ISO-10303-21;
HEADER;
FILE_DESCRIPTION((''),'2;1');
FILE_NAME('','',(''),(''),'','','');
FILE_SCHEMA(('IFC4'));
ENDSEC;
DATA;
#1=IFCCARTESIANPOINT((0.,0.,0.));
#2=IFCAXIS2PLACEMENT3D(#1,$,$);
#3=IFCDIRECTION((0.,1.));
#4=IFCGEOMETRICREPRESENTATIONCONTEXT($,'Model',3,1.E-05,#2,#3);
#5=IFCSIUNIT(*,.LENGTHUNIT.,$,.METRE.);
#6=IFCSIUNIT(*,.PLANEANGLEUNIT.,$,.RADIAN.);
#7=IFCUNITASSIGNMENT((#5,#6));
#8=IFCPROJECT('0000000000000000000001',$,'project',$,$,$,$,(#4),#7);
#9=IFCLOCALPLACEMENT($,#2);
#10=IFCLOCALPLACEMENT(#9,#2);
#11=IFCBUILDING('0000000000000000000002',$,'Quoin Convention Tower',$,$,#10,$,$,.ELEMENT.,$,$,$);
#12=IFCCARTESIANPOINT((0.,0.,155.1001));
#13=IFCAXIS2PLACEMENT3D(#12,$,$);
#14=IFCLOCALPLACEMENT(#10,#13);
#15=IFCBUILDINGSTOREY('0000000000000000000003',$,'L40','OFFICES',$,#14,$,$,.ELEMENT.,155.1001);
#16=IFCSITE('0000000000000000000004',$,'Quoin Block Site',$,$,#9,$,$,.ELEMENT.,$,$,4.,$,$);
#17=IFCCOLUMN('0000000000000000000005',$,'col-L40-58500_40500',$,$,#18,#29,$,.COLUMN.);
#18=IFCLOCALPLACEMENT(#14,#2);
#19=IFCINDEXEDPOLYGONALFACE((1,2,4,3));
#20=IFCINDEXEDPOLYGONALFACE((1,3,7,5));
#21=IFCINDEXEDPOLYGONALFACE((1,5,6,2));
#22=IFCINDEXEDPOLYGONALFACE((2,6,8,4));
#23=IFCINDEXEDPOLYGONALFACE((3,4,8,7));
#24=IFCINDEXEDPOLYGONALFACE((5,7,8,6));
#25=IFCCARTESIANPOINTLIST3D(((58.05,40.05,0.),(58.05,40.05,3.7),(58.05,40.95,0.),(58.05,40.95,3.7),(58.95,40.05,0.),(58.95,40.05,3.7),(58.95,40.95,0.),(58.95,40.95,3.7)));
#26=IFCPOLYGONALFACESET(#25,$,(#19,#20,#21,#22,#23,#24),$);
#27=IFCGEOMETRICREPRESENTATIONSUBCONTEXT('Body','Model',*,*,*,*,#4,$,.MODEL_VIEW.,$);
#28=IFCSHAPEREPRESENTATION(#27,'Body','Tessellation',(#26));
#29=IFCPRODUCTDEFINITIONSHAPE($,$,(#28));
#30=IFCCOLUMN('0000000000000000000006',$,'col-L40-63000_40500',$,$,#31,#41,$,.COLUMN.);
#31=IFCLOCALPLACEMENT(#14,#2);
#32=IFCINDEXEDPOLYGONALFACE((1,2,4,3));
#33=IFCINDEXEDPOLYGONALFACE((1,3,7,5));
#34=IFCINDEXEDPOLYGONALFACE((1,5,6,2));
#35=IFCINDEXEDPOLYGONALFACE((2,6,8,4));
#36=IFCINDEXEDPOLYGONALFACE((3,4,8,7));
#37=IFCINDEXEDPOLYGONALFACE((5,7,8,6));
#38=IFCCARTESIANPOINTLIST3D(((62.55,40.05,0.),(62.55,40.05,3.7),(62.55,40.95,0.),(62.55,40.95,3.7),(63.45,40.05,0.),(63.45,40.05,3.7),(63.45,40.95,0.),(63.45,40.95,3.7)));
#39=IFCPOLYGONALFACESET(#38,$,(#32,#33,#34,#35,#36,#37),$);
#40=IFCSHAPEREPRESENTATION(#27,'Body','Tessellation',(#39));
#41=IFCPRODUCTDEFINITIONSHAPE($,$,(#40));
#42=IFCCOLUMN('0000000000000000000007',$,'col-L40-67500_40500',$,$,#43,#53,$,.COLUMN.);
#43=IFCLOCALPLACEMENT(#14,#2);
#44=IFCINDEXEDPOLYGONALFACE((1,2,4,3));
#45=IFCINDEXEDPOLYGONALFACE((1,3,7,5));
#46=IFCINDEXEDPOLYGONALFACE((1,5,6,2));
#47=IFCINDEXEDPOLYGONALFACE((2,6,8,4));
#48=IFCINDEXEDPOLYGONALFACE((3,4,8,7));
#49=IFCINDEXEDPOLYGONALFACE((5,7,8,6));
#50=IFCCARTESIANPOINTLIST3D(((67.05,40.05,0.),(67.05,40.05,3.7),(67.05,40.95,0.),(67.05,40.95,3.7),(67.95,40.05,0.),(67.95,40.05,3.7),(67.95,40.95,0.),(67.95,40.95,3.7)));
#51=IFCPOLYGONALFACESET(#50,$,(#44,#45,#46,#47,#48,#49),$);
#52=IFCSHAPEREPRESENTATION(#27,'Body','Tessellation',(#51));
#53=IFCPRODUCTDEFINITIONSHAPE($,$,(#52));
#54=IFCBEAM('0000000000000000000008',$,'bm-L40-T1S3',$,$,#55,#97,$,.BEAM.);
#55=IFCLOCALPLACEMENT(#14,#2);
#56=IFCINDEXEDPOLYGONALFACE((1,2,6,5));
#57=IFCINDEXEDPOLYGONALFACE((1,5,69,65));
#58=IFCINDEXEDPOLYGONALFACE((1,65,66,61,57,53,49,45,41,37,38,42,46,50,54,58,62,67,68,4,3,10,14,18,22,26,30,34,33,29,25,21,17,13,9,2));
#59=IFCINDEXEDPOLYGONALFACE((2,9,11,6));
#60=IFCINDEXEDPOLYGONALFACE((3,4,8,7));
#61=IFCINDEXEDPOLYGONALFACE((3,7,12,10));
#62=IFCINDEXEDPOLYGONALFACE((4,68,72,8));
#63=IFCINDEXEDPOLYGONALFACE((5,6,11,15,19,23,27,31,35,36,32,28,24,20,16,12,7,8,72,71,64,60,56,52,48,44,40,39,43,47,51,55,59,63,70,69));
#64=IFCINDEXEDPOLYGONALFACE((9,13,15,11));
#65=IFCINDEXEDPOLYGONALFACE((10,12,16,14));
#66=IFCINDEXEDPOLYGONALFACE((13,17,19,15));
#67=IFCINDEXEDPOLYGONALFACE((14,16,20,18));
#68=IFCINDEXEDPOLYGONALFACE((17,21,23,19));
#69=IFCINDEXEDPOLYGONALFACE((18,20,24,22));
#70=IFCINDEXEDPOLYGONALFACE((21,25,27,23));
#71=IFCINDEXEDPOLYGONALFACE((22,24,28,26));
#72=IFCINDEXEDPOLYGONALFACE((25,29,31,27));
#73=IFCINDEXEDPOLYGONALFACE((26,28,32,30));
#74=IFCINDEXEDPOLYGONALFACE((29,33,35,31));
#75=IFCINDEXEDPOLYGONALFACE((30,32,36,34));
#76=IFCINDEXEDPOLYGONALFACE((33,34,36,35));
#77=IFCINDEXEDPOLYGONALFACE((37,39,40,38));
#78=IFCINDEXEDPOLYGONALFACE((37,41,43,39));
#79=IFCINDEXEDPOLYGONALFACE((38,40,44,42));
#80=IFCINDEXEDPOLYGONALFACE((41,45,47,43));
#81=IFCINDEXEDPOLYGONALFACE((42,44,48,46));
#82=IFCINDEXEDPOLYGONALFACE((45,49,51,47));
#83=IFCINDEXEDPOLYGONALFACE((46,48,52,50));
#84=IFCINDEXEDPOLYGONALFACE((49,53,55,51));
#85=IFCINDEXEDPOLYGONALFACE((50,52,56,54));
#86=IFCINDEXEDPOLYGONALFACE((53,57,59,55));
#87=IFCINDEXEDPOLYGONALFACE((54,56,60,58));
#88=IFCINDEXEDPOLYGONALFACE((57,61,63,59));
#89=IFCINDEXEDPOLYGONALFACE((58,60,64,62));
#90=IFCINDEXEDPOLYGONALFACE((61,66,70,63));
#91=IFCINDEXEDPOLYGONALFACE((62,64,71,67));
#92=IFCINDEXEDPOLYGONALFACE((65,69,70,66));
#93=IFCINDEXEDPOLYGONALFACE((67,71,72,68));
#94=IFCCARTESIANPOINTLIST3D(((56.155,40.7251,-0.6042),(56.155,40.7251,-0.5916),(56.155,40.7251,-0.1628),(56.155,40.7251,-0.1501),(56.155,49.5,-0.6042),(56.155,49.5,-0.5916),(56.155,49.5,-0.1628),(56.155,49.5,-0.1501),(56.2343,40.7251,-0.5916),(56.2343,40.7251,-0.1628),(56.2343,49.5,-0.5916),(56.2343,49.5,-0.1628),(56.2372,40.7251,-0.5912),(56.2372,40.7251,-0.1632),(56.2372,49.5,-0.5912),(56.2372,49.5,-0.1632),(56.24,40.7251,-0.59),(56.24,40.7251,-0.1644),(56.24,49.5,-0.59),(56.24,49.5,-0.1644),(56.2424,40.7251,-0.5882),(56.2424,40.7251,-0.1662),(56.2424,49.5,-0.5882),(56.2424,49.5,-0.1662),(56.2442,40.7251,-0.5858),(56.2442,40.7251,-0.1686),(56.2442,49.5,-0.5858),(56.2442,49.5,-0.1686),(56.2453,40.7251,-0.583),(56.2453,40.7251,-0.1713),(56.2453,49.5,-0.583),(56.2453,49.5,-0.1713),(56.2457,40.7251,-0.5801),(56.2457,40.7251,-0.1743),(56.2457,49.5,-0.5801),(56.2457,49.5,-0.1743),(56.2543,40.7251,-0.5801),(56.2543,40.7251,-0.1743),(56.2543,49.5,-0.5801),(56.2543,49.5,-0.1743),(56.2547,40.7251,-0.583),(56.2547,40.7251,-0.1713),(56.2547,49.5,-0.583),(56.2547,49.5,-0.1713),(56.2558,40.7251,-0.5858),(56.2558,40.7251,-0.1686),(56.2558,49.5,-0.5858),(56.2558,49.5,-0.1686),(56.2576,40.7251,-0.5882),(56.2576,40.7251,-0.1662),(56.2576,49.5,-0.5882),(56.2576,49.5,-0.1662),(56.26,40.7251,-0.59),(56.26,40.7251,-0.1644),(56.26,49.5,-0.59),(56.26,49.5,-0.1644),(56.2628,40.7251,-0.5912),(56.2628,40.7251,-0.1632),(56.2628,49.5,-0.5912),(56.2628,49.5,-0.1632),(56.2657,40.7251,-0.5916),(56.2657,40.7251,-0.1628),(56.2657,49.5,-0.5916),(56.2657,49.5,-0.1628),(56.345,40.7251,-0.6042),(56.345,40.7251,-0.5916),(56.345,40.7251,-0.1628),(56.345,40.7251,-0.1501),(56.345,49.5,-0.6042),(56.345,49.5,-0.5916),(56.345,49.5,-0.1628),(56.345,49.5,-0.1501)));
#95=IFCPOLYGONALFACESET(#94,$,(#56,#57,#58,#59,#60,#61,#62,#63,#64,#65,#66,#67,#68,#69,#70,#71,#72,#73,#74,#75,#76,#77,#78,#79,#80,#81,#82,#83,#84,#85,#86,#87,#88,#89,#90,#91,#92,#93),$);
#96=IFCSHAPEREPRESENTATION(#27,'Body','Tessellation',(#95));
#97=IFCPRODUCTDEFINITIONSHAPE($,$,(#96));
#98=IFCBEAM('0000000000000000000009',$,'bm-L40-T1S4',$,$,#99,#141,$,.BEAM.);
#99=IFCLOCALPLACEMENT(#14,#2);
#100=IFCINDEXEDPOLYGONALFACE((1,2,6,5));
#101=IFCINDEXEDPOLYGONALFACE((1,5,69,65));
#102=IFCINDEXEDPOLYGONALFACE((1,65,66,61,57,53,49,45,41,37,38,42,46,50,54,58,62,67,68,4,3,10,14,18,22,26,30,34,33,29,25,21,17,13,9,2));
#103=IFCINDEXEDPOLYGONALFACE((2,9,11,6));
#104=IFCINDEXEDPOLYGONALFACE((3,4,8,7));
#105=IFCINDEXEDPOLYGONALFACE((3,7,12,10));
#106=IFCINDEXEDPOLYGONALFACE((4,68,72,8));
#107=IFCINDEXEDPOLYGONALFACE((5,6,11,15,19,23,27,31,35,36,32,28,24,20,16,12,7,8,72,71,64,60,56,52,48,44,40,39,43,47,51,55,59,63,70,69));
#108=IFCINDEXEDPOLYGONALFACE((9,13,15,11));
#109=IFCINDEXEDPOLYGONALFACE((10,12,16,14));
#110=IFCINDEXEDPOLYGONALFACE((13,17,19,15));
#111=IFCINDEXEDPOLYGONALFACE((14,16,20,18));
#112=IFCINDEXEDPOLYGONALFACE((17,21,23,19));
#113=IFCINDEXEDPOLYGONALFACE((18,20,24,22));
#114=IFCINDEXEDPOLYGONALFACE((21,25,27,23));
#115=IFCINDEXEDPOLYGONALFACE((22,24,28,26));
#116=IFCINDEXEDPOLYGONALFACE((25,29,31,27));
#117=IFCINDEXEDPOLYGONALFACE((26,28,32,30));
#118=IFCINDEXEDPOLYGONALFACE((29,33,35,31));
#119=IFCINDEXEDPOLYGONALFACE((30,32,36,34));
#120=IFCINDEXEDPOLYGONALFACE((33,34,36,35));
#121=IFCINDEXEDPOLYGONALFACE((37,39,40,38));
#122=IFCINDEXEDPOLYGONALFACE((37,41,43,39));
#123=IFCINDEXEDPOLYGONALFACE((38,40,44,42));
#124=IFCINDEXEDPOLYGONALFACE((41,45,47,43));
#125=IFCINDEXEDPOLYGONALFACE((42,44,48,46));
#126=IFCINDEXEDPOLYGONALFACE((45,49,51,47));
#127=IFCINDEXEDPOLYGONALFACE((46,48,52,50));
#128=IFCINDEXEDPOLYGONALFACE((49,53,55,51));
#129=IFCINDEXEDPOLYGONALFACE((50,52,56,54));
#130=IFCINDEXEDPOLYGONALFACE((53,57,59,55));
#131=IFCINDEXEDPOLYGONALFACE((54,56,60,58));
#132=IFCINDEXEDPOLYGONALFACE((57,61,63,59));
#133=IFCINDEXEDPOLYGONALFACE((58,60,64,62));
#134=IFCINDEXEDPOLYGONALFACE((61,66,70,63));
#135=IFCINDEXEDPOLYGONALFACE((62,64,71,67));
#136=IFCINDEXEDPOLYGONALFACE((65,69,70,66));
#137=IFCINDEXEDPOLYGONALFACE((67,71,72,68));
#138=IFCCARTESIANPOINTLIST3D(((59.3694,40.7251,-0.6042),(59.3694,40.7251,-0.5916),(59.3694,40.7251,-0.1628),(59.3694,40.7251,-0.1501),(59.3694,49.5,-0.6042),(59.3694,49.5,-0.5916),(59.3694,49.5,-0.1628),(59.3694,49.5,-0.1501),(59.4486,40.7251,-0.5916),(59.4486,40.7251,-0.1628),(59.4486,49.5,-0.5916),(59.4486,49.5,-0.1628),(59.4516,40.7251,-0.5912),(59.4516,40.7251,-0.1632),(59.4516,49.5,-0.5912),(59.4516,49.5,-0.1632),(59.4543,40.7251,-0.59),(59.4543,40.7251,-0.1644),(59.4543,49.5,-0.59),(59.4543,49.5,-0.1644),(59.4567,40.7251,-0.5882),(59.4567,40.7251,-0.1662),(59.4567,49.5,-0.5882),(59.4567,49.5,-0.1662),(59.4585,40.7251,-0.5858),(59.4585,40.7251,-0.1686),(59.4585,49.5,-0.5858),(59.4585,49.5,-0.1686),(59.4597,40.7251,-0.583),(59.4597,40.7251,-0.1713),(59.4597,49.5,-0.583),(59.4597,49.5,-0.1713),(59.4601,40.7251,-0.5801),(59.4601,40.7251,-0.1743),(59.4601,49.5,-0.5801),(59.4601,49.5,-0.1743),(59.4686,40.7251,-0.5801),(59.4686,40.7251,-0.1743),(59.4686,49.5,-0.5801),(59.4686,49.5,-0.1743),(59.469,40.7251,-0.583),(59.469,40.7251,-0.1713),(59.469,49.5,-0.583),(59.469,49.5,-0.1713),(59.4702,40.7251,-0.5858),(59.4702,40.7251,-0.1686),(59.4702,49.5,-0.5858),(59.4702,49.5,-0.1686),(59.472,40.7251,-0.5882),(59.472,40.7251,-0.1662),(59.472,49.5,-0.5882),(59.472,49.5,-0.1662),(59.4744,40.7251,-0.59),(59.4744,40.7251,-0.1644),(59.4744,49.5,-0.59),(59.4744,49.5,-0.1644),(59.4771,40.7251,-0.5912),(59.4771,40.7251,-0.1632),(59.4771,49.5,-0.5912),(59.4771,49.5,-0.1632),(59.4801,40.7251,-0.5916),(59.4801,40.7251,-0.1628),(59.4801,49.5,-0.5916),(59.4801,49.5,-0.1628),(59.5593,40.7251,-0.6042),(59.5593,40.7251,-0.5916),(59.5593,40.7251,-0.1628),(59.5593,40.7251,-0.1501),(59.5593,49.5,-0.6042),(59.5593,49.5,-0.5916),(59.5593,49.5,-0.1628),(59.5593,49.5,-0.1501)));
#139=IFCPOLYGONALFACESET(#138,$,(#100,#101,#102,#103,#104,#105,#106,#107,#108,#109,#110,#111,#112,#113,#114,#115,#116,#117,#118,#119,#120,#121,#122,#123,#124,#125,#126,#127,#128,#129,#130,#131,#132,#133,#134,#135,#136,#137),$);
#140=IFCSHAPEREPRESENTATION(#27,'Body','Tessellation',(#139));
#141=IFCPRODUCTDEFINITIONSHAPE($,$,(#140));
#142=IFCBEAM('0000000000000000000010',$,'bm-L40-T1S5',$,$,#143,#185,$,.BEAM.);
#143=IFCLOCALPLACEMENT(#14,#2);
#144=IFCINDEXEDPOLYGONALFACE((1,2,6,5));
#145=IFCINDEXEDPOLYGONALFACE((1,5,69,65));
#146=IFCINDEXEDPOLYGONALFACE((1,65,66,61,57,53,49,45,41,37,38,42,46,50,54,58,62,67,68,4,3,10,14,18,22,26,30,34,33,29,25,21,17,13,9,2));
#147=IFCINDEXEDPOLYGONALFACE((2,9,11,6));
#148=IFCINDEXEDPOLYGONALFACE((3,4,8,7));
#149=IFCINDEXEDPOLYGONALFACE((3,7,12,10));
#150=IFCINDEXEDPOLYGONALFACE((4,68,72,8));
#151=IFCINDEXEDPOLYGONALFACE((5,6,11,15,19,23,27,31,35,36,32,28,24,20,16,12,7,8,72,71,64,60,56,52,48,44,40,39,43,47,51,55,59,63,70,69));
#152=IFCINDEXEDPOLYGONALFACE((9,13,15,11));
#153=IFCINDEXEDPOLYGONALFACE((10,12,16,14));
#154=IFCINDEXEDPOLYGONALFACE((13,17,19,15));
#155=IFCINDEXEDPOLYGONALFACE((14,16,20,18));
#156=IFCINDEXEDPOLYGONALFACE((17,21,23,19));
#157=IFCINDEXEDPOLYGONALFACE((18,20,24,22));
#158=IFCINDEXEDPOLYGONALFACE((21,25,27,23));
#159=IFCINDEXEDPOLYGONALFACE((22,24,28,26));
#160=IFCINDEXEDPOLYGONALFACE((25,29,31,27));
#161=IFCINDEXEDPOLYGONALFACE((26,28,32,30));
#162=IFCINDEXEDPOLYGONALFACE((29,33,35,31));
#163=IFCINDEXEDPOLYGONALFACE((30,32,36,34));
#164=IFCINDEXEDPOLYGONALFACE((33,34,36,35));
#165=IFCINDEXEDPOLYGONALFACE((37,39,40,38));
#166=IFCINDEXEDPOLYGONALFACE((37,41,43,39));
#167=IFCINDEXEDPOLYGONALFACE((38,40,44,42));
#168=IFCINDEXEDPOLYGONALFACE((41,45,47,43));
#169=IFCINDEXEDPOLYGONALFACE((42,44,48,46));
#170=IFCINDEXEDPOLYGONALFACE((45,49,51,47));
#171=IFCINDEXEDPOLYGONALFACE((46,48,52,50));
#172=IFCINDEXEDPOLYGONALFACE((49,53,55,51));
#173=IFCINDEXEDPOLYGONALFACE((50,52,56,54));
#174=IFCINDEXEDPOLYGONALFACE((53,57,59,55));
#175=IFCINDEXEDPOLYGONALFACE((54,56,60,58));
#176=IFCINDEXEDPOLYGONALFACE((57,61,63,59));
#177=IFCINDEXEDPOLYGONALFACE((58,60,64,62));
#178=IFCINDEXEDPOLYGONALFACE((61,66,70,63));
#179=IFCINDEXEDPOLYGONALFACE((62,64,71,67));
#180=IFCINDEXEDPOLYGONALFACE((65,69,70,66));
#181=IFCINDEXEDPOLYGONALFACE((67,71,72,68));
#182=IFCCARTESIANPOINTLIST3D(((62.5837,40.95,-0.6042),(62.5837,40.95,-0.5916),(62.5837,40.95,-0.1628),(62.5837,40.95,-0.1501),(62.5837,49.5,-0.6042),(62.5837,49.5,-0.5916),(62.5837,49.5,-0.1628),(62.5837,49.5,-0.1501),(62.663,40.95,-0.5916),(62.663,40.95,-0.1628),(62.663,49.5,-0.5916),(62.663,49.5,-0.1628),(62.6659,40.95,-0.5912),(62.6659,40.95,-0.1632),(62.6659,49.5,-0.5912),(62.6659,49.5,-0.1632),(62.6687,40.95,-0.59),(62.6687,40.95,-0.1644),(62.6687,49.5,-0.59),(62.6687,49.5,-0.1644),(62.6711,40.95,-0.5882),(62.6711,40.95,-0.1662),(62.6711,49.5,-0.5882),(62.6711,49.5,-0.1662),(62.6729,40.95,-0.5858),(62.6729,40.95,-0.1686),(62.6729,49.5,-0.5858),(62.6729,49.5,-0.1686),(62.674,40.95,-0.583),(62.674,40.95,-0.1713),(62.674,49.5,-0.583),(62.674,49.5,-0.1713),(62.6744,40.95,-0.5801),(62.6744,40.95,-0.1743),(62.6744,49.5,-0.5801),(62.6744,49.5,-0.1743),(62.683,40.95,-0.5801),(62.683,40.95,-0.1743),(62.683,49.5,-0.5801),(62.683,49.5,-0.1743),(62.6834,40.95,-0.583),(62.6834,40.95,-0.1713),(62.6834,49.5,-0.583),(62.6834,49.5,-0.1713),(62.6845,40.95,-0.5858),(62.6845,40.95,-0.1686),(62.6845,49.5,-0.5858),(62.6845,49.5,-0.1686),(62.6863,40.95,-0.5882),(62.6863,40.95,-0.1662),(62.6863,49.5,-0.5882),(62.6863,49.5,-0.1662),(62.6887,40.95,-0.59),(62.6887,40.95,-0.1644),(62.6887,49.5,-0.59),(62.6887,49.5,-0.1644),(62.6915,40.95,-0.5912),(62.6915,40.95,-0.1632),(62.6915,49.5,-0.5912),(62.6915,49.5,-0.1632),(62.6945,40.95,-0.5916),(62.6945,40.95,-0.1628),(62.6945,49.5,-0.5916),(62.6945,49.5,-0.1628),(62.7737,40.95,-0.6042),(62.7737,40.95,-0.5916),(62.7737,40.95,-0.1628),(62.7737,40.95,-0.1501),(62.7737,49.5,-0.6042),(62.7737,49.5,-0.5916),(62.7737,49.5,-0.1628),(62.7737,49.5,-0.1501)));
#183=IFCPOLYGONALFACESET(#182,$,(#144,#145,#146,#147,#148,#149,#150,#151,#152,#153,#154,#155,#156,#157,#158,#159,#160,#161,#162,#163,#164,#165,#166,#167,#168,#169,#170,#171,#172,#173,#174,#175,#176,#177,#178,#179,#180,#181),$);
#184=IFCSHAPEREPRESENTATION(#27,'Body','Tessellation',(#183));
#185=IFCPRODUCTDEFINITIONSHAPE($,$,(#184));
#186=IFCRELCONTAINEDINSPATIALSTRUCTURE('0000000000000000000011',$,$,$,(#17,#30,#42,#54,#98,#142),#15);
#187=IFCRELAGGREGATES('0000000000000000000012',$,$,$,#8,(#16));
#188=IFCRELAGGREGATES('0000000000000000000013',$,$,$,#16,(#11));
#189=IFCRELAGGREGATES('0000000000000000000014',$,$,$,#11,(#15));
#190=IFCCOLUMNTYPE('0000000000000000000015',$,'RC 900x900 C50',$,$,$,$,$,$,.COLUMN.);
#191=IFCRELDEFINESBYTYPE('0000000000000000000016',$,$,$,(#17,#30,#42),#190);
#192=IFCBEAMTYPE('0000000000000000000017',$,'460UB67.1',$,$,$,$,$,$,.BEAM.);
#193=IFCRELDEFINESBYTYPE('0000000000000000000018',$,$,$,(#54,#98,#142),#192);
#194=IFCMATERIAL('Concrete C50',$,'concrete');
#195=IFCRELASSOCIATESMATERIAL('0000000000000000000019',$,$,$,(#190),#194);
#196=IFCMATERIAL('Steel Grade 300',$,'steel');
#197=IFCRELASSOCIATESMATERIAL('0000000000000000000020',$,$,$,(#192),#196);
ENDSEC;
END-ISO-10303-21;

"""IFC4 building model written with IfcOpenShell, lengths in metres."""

from ifc_helpers import new_model, si_unit, direction, frame, origin, origin_2d, place, context, subcontext, project, spatial, rectangle, i_section, extrude, material, material_profile, profile_set, type_object, element, save


model = new_model("IFC4")

# Units and contexts
model_context = context("Model", 3, precision=1e-05, world=origin(), true_north=direction((0.0, 1.0)))
body_context = subcontext(model_context, "Body", "Model", "MODEL_VIEW")
ifc_project = project(units=[si_unit("LENGTHUNIT", "METRE"), si_unit("PLANEANGLEUNIT", "RADIAN")], contexts=[model_context])

# Site, building, storey
site_placement = place(None, origin())
site = spatial("IfcSite", under=ifc_project, at=site_placement, Name="Quoin Block Site", CompositionType="ELEMENT", RefElevation=4.0)
building_placement = place(site_placement, origin())
building = spatial("IfcBuilding", under=site, at=building_placement, Name="Quoin Convention Tower", CompositionType="ELEMENT")
storey_placement = place(building_placement, frame((0.0, 0.0, 155.1001)))
storey = spatial("IfcBuildingStorey", under=building, at=storey_placement, Name="L40", Description="OFFICES", CompositionType="ELEMENT", Elevation=155.1001)

# Columns
ifc_material_1 = material(Name="Concrete C50", Category="concrete")
ifc_material_profile_1 = material_profile(ifc_material_1, rectangle(XDim=0.8999, YDim=0.8999, at=origin_2d()), Name="RC 900x900")
ifc_profile_set_1 = profile_set([ifc_material_profile_1], Name="Concrete C50")
column_type = type_object("IfcColumnType", Name="RC 900x900 C50", PredefinedType="COLUMN", material=ifc_profile_set_1)
for number, where, z_axis, x_axis, name in (
    (1, (58.5, 40.5, 0.0), (0.0, 0.0, 1.0), (1.0, 0.0, 0.0), "col-L40-58500_40500"),
    (2, (63.0, 40.5, 0.0), (0.0, 0.0, 1.0), (1.0, 0.0, 0.0), "col-L40-63000_40500"),
    (3, (67.5, 40.5, 0.0), (0.0, 0.0, 1.0), (1.0, 0.0, 0.0), "col-L40-67500_40500"),
):
    element("IfcColumn", number, at=place(storey_placement, frame(where, z_axis=z_axis, x_axis=x_axis)), inside=storey, type_object=column_type, Name=name, PredefinedType="COLUMN", context=body_context, shape_type="SweptSolid", body=[
        extrude(rectangle(XDim=0.8999, YDim=0.8999, at=origin_2d()), origin(), (0.0, 0.0, 1.0), 3.7),
    ])

# Beams
ifc_material_2 = material(Name="Steel Grade 300", Category="steel")
ifc_material_profile_2 = material_profile(ifc_material_2, i_section(OverallWidth=0.1899, OverallDepth=0.4541, WebThickness=0.0085, FlangeThickness=0.0127, FilletRadius=0.0115, at=origin_2d()), Name="460UB67.1")
ifc_profile_set_2 = profile_set([ifc_material_profile_2], Name="Steel Grade 300")
beam_type_1 = type_object("IfcBeamType", Name="460UB67.1", PredefinedType="BEAM", material=ifc_profile_set_2)
for number, where, z_axis, x_axis, name in (
    (4, (56.25, 40.7251, -0.3772), (0.0, 1.0, 0.0), (-1.0, 0.0, 0.0), "bm-L40-T1S3"),
    (5, (59.4644, 40.7251, -0.3772), (0.0, 1.0, 0.0), (-1.0, 0.0, 0.0), "bm-L40-T1S4"),
):
    element("IfcBeam", number, at=place(storey_placement, frame(where, z_axis=z_axis, x_axis=x_axis)), inside=storey, type_object=beam_type_1, Name=name, PredefinedType="BEAM", context=body_context, shape_type="SweptSolid", body=[
        extrude(i_section(OverallWidth=0.1899, OverallDepth=0.4541, WebThickness=0.0085, FlangeThickness=0.0127, FilletRadius=0.0115, at=origin_2d()), origin(), (0.0, 0.0, 1.0), 8.7749),
    ])
beam_1_placement = place(storey_placement, frame((62.6787, 40.95, -0.3772), z_axis=(0.0, 1.0, 0.0), x_axis=(-1.0, 0.0, 0.0)))
element("IfcBeam", 6, at=beam_1_placement, inside=storey, type_object=beam_type_1, Name="bm-L40-T1S5", PredefinedType="BEAM", context=body_context, shape_type="SweptSolid", body=[
    extrude(i_section(OverallWidth=0.1899, OverallDepth=0.4541, WebThickness=0.0085, FlangeThickness=0.0127, FilletRadius=0.0115, at=origin_2d()), origin(), (0.0, 0.0, 1.0), 8.55),
])

save(model, "model.ifc")
